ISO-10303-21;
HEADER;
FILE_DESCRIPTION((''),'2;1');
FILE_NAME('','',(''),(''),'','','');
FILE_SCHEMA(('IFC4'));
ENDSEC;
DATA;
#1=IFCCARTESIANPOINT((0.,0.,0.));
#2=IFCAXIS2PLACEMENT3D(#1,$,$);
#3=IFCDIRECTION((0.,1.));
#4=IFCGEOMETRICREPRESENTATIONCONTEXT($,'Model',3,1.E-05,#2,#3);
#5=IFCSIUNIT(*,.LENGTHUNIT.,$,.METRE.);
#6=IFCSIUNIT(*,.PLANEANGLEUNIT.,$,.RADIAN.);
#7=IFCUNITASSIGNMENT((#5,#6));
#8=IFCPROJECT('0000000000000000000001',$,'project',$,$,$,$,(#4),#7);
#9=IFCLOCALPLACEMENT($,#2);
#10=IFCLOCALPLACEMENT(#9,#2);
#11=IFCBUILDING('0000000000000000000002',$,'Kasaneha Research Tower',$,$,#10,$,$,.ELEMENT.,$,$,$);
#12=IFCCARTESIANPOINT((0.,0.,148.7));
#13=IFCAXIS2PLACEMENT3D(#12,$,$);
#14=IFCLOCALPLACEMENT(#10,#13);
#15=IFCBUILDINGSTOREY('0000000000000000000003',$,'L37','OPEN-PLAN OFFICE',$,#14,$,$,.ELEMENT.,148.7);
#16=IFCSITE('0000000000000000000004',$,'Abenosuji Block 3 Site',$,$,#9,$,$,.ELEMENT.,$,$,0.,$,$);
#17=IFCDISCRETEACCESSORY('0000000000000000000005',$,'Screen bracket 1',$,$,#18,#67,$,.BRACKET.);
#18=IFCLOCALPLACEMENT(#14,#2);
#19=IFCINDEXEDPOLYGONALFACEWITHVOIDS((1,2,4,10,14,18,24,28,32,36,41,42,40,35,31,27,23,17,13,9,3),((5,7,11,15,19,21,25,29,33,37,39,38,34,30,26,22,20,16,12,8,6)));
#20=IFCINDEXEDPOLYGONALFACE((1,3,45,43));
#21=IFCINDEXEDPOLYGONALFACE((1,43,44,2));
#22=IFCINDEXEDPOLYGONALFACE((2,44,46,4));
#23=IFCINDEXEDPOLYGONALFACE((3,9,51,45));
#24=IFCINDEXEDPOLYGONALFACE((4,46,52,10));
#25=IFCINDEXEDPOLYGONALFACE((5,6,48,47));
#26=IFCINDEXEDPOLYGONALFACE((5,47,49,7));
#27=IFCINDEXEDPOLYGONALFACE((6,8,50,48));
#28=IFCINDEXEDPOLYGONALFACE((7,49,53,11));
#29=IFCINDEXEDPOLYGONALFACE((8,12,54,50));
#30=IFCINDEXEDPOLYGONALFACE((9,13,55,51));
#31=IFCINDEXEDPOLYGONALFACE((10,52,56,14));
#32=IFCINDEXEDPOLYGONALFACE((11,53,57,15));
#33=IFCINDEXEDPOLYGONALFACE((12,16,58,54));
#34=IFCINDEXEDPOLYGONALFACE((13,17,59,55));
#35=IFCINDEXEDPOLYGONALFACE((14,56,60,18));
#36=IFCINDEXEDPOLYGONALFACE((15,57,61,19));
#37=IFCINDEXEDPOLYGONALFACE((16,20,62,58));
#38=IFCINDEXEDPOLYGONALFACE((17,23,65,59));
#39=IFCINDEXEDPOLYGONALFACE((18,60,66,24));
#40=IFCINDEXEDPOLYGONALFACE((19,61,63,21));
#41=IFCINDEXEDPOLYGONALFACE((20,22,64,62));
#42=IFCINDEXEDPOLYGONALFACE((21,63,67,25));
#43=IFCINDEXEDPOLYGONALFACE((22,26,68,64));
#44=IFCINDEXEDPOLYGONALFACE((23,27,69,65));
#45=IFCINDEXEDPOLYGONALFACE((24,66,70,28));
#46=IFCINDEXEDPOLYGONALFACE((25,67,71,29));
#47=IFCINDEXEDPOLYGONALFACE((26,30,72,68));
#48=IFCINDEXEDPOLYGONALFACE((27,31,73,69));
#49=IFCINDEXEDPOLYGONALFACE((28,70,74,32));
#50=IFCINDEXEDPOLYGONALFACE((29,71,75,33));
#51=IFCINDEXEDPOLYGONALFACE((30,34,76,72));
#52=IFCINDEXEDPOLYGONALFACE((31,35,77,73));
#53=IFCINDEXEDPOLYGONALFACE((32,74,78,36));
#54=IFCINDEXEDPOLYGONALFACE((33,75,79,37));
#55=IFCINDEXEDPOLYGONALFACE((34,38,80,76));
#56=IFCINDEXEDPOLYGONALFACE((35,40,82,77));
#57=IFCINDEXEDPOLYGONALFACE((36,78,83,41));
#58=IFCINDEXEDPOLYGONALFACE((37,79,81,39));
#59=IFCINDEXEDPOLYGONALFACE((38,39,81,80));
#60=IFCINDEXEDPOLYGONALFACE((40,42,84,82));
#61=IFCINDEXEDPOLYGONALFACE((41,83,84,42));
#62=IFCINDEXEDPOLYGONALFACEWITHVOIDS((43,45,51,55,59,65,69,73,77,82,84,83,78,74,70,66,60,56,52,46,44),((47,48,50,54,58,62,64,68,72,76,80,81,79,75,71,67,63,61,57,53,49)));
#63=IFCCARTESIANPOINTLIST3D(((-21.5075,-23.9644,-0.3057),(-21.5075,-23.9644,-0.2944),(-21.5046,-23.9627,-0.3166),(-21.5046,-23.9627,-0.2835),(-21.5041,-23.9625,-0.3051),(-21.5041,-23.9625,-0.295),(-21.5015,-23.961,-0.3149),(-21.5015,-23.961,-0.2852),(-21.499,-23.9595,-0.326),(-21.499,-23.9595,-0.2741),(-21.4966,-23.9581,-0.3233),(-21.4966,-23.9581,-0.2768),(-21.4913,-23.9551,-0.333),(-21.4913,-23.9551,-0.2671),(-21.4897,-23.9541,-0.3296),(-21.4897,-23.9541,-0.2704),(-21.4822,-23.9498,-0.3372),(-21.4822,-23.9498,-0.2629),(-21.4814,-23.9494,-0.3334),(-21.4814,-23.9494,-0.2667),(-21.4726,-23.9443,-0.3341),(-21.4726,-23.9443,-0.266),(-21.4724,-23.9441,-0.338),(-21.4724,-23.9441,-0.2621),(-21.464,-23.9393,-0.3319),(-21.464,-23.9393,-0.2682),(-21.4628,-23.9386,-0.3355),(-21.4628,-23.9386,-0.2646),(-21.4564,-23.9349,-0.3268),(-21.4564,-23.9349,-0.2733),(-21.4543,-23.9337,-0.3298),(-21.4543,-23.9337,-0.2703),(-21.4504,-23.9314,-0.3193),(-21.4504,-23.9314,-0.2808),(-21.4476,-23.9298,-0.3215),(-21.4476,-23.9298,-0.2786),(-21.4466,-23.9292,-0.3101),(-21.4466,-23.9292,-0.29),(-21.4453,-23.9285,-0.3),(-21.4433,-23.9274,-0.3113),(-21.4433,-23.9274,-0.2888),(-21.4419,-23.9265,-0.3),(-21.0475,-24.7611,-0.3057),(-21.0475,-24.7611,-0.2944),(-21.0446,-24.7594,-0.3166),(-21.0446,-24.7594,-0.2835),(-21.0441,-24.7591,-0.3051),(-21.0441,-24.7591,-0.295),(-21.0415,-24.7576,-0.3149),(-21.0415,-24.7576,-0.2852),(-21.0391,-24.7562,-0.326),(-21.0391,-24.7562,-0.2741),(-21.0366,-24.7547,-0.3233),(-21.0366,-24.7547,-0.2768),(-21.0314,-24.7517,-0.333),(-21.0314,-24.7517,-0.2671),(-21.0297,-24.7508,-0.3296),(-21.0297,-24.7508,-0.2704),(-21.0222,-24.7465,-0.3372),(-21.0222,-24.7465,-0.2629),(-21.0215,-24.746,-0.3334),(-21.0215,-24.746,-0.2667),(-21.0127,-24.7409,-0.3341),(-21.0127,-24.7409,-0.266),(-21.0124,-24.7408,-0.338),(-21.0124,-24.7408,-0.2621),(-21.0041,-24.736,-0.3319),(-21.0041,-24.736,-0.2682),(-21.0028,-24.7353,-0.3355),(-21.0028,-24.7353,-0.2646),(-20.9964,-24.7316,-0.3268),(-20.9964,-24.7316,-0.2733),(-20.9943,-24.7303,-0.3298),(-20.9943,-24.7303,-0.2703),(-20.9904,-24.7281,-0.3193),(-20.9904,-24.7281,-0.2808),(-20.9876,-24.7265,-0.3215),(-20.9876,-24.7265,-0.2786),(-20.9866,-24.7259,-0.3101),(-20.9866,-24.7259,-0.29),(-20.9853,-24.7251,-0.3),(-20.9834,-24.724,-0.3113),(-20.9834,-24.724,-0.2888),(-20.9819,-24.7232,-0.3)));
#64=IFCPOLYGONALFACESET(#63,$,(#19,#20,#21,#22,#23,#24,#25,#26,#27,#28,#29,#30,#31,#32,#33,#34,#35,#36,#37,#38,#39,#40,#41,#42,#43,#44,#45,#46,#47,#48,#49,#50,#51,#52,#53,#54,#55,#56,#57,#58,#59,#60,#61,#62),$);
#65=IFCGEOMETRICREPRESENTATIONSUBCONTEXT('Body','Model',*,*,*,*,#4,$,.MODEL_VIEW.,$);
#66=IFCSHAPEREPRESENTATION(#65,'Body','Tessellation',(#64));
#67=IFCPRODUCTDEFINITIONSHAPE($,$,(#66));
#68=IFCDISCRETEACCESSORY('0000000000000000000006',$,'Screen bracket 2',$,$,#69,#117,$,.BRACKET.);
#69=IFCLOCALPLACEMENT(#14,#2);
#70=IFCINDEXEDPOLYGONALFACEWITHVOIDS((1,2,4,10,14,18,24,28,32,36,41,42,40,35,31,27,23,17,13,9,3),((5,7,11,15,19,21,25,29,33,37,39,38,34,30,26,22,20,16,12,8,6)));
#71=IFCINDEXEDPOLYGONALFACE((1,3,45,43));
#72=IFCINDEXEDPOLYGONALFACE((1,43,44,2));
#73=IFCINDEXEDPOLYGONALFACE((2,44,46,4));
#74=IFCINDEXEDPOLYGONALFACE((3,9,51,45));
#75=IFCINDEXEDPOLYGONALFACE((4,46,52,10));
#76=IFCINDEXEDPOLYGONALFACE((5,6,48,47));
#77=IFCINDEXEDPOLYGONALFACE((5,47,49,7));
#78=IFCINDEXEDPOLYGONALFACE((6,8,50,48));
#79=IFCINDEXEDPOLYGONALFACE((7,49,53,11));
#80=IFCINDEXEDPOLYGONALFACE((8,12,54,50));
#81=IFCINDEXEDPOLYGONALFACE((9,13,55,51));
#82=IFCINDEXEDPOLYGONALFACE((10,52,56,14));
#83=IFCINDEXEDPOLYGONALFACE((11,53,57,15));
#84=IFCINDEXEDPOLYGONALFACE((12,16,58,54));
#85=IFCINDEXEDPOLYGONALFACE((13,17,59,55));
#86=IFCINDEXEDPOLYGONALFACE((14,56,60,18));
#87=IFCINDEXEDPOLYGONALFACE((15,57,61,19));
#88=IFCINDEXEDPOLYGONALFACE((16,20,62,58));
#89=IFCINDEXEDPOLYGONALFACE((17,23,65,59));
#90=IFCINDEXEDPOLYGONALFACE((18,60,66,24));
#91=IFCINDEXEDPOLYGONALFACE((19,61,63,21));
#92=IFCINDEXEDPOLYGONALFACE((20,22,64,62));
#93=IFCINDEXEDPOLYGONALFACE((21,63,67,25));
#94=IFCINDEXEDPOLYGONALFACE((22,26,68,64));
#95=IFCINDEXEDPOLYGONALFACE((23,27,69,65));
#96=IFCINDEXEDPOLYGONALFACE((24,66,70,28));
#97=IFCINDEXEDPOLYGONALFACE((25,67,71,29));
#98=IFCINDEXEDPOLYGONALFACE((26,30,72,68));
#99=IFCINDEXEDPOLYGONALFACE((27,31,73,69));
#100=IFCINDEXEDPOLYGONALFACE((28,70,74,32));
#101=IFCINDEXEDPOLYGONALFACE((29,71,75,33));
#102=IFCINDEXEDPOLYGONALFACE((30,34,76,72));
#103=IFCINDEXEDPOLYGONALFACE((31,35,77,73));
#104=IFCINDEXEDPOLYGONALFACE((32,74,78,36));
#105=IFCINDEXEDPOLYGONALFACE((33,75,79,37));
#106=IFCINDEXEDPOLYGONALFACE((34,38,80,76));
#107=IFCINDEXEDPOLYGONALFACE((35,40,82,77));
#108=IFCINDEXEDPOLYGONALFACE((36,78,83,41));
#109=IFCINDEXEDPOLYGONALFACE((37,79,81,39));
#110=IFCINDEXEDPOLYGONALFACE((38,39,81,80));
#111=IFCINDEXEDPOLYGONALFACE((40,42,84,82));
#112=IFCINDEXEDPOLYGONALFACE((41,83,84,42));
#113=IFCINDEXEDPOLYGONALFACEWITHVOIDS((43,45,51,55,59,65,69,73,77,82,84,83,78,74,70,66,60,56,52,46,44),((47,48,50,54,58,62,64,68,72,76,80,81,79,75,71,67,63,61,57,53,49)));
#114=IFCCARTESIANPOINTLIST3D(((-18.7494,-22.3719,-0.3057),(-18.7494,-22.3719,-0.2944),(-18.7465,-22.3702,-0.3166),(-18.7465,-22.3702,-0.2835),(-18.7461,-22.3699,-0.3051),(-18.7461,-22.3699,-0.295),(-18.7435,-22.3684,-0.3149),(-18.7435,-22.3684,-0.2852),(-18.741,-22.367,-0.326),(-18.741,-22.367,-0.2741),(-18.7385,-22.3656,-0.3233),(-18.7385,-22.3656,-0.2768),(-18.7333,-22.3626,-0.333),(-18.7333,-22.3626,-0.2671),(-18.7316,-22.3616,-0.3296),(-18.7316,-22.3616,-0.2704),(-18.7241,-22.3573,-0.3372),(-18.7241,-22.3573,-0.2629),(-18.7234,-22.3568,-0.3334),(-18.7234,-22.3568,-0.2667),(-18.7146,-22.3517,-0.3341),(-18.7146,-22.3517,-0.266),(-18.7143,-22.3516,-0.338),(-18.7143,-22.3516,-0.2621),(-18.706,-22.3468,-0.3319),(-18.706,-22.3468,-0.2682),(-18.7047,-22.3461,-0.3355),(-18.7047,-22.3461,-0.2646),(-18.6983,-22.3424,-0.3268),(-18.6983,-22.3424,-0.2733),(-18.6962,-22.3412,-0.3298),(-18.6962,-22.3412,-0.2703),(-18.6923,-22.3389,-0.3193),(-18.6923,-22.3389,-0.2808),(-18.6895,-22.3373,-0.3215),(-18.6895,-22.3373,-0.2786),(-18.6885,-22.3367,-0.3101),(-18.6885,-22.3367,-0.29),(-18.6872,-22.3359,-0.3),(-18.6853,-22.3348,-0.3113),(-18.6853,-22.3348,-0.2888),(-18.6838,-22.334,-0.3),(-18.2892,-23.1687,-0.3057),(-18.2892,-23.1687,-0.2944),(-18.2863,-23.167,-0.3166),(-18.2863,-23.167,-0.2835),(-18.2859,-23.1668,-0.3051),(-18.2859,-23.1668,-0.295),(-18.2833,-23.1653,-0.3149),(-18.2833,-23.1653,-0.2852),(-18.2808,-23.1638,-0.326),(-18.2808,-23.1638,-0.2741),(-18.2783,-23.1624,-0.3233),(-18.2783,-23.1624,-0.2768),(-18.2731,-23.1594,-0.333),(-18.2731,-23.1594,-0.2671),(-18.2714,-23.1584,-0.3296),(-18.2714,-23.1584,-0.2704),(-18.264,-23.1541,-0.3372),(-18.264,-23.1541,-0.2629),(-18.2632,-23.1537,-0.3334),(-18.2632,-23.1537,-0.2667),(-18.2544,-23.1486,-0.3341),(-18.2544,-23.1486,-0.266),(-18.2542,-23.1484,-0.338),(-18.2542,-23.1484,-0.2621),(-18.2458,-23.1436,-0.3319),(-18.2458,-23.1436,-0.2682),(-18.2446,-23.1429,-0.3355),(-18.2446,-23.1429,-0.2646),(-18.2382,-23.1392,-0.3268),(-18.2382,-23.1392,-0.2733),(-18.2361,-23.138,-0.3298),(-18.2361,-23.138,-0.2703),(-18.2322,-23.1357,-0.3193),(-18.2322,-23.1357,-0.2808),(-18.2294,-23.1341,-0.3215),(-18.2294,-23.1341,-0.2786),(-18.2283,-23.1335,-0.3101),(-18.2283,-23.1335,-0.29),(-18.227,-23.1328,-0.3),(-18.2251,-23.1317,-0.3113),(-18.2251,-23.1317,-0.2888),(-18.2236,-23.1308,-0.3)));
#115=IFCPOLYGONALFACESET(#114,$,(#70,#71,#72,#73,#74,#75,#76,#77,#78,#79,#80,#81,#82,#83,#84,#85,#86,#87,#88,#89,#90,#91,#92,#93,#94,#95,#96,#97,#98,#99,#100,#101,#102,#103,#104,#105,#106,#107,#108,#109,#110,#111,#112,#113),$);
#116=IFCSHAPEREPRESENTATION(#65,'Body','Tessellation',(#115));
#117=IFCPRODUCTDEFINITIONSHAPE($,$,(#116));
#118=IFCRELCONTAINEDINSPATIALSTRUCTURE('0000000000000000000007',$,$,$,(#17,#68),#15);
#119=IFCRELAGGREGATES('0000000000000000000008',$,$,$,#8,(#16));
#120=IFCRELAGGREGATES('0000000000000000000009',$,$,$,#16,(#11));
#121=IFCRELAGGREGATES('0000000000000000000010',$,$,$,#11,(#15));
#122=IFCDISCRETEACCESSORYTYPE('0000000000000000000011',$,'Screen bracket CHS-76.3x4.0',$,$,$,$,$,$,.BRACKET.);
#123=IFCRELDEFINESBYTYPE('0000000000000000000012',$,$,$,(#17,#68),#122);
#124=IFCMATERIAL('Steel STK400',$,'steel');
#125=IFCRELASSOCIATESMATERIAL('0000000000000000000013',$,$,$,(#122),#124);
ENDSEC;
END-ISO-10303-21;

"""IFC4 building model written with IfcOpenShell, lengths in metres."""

from ifc_helpers import new_model, si_unit, direction, frame, origin, origin_2d, place, context, subcontext, project, spatial, hollow_circle, extrude, material, material_profile, profile_set, type_object, element, save


model = new_model("IFC4")

# Units and contexts
model_context = context("Model", 3, precision=1e-05, world=origin(), true_north=direction((0.0, 1.0)))
body_context = subcontext(model_context, "Body", "Model", "MODEL_VIEW")
ifc_project = project(units=[si_unit("LENGTHUNIT", "METRE"), si_unit("PLANEANGLEUNIT", "RADIAN")], contexts=[model_context])

# Site, building, storey
site_placement = place(None, origin())
site = spatial("IfcSite", under=ifc_project, at=site_placement, Name="Abenosuji Block 3 Site", CompositionType="ELEMENT", RefElevation=0.0)
building_placement = place(site_placement, origin())
building = spatial("IfcBuilding", under=site, at=building_placement, Name="Kasaneha Research Tower", CompositionType="ELEMENT")
storey_placement = place(building_placement, frame((0.0, 0.0, 148.7)))
storey = spatial("IfcBuildingStorey", under=building, at=storey_placement, Name="L37", Description="OPEN-PLAN OFFICE", CompositionType="ELEMENT", Elevation=148.7)

# Discrete accessories
ifc_material_1 = material(Name="Steel STK400", Category="steel")
ifc_material_profile_1 = material_profile(ifc_material_1, hollow_circle(Radius=0.0381, WallThickness=0.0039, at=origin_2d()), Name="CHS-76.3x4.0")
ifc_profile_set_1 = profile_set([ifc_material_profile_1], Name="Steel STK400")
discrete_accessory_type = type_object("IfcDiscreteAccessoryType", Name="Screen bracket CHS-76.3x4.0", PredefinedType="BRACKET", material=ifc_profile_set_1)
discrete_accessory_1_placement = place(storey_placement, frame((-21.4749, -23.9456, -0.3), z_axis=(0.500021, -0.866013, 0.0), x_axis=(0.866013, 0.500021, 0.0)))
element("IfcDiscreteAccessory", 1, at=discrete_accessory_1_placement, inside=storey, type_object=discrete_accessory_type, Name="Screen bracket 1", PredefinedType="BRACKET", context=body_context, shape_type="SweptSolid", body=[
    extrude(hollow_circle(Radius=0.0381, WallThickness=0.0039, at=origin_2d()), origin(), (0.0, 0.0, 1.0), 0.9199),
])
discrete_accessory_2_placement = place(storey_placement, frame((-18.7168, -22.353, -0.3), z_axis=(0.500105, -0.865965, 0.0), x_axis=(0.865965, 0.500105, 0.0)))
element("IfcDiscreteAccessory", 2, at=discrete_accessory_2_placement, inside=storey, type_object=discrete_accessory_type, Name="Screen bracket 2", PredefinedType="BRACKET", context=body_context, shape_type="SweptSolid", body=[
    extrude(hollow_circle(Radius=0.0381, WallThickness=0.0039, at=origin_2d()), origin(), (0.0, 0.0, 1.0), 0.9202),
])

save(model, "model.ifc")
